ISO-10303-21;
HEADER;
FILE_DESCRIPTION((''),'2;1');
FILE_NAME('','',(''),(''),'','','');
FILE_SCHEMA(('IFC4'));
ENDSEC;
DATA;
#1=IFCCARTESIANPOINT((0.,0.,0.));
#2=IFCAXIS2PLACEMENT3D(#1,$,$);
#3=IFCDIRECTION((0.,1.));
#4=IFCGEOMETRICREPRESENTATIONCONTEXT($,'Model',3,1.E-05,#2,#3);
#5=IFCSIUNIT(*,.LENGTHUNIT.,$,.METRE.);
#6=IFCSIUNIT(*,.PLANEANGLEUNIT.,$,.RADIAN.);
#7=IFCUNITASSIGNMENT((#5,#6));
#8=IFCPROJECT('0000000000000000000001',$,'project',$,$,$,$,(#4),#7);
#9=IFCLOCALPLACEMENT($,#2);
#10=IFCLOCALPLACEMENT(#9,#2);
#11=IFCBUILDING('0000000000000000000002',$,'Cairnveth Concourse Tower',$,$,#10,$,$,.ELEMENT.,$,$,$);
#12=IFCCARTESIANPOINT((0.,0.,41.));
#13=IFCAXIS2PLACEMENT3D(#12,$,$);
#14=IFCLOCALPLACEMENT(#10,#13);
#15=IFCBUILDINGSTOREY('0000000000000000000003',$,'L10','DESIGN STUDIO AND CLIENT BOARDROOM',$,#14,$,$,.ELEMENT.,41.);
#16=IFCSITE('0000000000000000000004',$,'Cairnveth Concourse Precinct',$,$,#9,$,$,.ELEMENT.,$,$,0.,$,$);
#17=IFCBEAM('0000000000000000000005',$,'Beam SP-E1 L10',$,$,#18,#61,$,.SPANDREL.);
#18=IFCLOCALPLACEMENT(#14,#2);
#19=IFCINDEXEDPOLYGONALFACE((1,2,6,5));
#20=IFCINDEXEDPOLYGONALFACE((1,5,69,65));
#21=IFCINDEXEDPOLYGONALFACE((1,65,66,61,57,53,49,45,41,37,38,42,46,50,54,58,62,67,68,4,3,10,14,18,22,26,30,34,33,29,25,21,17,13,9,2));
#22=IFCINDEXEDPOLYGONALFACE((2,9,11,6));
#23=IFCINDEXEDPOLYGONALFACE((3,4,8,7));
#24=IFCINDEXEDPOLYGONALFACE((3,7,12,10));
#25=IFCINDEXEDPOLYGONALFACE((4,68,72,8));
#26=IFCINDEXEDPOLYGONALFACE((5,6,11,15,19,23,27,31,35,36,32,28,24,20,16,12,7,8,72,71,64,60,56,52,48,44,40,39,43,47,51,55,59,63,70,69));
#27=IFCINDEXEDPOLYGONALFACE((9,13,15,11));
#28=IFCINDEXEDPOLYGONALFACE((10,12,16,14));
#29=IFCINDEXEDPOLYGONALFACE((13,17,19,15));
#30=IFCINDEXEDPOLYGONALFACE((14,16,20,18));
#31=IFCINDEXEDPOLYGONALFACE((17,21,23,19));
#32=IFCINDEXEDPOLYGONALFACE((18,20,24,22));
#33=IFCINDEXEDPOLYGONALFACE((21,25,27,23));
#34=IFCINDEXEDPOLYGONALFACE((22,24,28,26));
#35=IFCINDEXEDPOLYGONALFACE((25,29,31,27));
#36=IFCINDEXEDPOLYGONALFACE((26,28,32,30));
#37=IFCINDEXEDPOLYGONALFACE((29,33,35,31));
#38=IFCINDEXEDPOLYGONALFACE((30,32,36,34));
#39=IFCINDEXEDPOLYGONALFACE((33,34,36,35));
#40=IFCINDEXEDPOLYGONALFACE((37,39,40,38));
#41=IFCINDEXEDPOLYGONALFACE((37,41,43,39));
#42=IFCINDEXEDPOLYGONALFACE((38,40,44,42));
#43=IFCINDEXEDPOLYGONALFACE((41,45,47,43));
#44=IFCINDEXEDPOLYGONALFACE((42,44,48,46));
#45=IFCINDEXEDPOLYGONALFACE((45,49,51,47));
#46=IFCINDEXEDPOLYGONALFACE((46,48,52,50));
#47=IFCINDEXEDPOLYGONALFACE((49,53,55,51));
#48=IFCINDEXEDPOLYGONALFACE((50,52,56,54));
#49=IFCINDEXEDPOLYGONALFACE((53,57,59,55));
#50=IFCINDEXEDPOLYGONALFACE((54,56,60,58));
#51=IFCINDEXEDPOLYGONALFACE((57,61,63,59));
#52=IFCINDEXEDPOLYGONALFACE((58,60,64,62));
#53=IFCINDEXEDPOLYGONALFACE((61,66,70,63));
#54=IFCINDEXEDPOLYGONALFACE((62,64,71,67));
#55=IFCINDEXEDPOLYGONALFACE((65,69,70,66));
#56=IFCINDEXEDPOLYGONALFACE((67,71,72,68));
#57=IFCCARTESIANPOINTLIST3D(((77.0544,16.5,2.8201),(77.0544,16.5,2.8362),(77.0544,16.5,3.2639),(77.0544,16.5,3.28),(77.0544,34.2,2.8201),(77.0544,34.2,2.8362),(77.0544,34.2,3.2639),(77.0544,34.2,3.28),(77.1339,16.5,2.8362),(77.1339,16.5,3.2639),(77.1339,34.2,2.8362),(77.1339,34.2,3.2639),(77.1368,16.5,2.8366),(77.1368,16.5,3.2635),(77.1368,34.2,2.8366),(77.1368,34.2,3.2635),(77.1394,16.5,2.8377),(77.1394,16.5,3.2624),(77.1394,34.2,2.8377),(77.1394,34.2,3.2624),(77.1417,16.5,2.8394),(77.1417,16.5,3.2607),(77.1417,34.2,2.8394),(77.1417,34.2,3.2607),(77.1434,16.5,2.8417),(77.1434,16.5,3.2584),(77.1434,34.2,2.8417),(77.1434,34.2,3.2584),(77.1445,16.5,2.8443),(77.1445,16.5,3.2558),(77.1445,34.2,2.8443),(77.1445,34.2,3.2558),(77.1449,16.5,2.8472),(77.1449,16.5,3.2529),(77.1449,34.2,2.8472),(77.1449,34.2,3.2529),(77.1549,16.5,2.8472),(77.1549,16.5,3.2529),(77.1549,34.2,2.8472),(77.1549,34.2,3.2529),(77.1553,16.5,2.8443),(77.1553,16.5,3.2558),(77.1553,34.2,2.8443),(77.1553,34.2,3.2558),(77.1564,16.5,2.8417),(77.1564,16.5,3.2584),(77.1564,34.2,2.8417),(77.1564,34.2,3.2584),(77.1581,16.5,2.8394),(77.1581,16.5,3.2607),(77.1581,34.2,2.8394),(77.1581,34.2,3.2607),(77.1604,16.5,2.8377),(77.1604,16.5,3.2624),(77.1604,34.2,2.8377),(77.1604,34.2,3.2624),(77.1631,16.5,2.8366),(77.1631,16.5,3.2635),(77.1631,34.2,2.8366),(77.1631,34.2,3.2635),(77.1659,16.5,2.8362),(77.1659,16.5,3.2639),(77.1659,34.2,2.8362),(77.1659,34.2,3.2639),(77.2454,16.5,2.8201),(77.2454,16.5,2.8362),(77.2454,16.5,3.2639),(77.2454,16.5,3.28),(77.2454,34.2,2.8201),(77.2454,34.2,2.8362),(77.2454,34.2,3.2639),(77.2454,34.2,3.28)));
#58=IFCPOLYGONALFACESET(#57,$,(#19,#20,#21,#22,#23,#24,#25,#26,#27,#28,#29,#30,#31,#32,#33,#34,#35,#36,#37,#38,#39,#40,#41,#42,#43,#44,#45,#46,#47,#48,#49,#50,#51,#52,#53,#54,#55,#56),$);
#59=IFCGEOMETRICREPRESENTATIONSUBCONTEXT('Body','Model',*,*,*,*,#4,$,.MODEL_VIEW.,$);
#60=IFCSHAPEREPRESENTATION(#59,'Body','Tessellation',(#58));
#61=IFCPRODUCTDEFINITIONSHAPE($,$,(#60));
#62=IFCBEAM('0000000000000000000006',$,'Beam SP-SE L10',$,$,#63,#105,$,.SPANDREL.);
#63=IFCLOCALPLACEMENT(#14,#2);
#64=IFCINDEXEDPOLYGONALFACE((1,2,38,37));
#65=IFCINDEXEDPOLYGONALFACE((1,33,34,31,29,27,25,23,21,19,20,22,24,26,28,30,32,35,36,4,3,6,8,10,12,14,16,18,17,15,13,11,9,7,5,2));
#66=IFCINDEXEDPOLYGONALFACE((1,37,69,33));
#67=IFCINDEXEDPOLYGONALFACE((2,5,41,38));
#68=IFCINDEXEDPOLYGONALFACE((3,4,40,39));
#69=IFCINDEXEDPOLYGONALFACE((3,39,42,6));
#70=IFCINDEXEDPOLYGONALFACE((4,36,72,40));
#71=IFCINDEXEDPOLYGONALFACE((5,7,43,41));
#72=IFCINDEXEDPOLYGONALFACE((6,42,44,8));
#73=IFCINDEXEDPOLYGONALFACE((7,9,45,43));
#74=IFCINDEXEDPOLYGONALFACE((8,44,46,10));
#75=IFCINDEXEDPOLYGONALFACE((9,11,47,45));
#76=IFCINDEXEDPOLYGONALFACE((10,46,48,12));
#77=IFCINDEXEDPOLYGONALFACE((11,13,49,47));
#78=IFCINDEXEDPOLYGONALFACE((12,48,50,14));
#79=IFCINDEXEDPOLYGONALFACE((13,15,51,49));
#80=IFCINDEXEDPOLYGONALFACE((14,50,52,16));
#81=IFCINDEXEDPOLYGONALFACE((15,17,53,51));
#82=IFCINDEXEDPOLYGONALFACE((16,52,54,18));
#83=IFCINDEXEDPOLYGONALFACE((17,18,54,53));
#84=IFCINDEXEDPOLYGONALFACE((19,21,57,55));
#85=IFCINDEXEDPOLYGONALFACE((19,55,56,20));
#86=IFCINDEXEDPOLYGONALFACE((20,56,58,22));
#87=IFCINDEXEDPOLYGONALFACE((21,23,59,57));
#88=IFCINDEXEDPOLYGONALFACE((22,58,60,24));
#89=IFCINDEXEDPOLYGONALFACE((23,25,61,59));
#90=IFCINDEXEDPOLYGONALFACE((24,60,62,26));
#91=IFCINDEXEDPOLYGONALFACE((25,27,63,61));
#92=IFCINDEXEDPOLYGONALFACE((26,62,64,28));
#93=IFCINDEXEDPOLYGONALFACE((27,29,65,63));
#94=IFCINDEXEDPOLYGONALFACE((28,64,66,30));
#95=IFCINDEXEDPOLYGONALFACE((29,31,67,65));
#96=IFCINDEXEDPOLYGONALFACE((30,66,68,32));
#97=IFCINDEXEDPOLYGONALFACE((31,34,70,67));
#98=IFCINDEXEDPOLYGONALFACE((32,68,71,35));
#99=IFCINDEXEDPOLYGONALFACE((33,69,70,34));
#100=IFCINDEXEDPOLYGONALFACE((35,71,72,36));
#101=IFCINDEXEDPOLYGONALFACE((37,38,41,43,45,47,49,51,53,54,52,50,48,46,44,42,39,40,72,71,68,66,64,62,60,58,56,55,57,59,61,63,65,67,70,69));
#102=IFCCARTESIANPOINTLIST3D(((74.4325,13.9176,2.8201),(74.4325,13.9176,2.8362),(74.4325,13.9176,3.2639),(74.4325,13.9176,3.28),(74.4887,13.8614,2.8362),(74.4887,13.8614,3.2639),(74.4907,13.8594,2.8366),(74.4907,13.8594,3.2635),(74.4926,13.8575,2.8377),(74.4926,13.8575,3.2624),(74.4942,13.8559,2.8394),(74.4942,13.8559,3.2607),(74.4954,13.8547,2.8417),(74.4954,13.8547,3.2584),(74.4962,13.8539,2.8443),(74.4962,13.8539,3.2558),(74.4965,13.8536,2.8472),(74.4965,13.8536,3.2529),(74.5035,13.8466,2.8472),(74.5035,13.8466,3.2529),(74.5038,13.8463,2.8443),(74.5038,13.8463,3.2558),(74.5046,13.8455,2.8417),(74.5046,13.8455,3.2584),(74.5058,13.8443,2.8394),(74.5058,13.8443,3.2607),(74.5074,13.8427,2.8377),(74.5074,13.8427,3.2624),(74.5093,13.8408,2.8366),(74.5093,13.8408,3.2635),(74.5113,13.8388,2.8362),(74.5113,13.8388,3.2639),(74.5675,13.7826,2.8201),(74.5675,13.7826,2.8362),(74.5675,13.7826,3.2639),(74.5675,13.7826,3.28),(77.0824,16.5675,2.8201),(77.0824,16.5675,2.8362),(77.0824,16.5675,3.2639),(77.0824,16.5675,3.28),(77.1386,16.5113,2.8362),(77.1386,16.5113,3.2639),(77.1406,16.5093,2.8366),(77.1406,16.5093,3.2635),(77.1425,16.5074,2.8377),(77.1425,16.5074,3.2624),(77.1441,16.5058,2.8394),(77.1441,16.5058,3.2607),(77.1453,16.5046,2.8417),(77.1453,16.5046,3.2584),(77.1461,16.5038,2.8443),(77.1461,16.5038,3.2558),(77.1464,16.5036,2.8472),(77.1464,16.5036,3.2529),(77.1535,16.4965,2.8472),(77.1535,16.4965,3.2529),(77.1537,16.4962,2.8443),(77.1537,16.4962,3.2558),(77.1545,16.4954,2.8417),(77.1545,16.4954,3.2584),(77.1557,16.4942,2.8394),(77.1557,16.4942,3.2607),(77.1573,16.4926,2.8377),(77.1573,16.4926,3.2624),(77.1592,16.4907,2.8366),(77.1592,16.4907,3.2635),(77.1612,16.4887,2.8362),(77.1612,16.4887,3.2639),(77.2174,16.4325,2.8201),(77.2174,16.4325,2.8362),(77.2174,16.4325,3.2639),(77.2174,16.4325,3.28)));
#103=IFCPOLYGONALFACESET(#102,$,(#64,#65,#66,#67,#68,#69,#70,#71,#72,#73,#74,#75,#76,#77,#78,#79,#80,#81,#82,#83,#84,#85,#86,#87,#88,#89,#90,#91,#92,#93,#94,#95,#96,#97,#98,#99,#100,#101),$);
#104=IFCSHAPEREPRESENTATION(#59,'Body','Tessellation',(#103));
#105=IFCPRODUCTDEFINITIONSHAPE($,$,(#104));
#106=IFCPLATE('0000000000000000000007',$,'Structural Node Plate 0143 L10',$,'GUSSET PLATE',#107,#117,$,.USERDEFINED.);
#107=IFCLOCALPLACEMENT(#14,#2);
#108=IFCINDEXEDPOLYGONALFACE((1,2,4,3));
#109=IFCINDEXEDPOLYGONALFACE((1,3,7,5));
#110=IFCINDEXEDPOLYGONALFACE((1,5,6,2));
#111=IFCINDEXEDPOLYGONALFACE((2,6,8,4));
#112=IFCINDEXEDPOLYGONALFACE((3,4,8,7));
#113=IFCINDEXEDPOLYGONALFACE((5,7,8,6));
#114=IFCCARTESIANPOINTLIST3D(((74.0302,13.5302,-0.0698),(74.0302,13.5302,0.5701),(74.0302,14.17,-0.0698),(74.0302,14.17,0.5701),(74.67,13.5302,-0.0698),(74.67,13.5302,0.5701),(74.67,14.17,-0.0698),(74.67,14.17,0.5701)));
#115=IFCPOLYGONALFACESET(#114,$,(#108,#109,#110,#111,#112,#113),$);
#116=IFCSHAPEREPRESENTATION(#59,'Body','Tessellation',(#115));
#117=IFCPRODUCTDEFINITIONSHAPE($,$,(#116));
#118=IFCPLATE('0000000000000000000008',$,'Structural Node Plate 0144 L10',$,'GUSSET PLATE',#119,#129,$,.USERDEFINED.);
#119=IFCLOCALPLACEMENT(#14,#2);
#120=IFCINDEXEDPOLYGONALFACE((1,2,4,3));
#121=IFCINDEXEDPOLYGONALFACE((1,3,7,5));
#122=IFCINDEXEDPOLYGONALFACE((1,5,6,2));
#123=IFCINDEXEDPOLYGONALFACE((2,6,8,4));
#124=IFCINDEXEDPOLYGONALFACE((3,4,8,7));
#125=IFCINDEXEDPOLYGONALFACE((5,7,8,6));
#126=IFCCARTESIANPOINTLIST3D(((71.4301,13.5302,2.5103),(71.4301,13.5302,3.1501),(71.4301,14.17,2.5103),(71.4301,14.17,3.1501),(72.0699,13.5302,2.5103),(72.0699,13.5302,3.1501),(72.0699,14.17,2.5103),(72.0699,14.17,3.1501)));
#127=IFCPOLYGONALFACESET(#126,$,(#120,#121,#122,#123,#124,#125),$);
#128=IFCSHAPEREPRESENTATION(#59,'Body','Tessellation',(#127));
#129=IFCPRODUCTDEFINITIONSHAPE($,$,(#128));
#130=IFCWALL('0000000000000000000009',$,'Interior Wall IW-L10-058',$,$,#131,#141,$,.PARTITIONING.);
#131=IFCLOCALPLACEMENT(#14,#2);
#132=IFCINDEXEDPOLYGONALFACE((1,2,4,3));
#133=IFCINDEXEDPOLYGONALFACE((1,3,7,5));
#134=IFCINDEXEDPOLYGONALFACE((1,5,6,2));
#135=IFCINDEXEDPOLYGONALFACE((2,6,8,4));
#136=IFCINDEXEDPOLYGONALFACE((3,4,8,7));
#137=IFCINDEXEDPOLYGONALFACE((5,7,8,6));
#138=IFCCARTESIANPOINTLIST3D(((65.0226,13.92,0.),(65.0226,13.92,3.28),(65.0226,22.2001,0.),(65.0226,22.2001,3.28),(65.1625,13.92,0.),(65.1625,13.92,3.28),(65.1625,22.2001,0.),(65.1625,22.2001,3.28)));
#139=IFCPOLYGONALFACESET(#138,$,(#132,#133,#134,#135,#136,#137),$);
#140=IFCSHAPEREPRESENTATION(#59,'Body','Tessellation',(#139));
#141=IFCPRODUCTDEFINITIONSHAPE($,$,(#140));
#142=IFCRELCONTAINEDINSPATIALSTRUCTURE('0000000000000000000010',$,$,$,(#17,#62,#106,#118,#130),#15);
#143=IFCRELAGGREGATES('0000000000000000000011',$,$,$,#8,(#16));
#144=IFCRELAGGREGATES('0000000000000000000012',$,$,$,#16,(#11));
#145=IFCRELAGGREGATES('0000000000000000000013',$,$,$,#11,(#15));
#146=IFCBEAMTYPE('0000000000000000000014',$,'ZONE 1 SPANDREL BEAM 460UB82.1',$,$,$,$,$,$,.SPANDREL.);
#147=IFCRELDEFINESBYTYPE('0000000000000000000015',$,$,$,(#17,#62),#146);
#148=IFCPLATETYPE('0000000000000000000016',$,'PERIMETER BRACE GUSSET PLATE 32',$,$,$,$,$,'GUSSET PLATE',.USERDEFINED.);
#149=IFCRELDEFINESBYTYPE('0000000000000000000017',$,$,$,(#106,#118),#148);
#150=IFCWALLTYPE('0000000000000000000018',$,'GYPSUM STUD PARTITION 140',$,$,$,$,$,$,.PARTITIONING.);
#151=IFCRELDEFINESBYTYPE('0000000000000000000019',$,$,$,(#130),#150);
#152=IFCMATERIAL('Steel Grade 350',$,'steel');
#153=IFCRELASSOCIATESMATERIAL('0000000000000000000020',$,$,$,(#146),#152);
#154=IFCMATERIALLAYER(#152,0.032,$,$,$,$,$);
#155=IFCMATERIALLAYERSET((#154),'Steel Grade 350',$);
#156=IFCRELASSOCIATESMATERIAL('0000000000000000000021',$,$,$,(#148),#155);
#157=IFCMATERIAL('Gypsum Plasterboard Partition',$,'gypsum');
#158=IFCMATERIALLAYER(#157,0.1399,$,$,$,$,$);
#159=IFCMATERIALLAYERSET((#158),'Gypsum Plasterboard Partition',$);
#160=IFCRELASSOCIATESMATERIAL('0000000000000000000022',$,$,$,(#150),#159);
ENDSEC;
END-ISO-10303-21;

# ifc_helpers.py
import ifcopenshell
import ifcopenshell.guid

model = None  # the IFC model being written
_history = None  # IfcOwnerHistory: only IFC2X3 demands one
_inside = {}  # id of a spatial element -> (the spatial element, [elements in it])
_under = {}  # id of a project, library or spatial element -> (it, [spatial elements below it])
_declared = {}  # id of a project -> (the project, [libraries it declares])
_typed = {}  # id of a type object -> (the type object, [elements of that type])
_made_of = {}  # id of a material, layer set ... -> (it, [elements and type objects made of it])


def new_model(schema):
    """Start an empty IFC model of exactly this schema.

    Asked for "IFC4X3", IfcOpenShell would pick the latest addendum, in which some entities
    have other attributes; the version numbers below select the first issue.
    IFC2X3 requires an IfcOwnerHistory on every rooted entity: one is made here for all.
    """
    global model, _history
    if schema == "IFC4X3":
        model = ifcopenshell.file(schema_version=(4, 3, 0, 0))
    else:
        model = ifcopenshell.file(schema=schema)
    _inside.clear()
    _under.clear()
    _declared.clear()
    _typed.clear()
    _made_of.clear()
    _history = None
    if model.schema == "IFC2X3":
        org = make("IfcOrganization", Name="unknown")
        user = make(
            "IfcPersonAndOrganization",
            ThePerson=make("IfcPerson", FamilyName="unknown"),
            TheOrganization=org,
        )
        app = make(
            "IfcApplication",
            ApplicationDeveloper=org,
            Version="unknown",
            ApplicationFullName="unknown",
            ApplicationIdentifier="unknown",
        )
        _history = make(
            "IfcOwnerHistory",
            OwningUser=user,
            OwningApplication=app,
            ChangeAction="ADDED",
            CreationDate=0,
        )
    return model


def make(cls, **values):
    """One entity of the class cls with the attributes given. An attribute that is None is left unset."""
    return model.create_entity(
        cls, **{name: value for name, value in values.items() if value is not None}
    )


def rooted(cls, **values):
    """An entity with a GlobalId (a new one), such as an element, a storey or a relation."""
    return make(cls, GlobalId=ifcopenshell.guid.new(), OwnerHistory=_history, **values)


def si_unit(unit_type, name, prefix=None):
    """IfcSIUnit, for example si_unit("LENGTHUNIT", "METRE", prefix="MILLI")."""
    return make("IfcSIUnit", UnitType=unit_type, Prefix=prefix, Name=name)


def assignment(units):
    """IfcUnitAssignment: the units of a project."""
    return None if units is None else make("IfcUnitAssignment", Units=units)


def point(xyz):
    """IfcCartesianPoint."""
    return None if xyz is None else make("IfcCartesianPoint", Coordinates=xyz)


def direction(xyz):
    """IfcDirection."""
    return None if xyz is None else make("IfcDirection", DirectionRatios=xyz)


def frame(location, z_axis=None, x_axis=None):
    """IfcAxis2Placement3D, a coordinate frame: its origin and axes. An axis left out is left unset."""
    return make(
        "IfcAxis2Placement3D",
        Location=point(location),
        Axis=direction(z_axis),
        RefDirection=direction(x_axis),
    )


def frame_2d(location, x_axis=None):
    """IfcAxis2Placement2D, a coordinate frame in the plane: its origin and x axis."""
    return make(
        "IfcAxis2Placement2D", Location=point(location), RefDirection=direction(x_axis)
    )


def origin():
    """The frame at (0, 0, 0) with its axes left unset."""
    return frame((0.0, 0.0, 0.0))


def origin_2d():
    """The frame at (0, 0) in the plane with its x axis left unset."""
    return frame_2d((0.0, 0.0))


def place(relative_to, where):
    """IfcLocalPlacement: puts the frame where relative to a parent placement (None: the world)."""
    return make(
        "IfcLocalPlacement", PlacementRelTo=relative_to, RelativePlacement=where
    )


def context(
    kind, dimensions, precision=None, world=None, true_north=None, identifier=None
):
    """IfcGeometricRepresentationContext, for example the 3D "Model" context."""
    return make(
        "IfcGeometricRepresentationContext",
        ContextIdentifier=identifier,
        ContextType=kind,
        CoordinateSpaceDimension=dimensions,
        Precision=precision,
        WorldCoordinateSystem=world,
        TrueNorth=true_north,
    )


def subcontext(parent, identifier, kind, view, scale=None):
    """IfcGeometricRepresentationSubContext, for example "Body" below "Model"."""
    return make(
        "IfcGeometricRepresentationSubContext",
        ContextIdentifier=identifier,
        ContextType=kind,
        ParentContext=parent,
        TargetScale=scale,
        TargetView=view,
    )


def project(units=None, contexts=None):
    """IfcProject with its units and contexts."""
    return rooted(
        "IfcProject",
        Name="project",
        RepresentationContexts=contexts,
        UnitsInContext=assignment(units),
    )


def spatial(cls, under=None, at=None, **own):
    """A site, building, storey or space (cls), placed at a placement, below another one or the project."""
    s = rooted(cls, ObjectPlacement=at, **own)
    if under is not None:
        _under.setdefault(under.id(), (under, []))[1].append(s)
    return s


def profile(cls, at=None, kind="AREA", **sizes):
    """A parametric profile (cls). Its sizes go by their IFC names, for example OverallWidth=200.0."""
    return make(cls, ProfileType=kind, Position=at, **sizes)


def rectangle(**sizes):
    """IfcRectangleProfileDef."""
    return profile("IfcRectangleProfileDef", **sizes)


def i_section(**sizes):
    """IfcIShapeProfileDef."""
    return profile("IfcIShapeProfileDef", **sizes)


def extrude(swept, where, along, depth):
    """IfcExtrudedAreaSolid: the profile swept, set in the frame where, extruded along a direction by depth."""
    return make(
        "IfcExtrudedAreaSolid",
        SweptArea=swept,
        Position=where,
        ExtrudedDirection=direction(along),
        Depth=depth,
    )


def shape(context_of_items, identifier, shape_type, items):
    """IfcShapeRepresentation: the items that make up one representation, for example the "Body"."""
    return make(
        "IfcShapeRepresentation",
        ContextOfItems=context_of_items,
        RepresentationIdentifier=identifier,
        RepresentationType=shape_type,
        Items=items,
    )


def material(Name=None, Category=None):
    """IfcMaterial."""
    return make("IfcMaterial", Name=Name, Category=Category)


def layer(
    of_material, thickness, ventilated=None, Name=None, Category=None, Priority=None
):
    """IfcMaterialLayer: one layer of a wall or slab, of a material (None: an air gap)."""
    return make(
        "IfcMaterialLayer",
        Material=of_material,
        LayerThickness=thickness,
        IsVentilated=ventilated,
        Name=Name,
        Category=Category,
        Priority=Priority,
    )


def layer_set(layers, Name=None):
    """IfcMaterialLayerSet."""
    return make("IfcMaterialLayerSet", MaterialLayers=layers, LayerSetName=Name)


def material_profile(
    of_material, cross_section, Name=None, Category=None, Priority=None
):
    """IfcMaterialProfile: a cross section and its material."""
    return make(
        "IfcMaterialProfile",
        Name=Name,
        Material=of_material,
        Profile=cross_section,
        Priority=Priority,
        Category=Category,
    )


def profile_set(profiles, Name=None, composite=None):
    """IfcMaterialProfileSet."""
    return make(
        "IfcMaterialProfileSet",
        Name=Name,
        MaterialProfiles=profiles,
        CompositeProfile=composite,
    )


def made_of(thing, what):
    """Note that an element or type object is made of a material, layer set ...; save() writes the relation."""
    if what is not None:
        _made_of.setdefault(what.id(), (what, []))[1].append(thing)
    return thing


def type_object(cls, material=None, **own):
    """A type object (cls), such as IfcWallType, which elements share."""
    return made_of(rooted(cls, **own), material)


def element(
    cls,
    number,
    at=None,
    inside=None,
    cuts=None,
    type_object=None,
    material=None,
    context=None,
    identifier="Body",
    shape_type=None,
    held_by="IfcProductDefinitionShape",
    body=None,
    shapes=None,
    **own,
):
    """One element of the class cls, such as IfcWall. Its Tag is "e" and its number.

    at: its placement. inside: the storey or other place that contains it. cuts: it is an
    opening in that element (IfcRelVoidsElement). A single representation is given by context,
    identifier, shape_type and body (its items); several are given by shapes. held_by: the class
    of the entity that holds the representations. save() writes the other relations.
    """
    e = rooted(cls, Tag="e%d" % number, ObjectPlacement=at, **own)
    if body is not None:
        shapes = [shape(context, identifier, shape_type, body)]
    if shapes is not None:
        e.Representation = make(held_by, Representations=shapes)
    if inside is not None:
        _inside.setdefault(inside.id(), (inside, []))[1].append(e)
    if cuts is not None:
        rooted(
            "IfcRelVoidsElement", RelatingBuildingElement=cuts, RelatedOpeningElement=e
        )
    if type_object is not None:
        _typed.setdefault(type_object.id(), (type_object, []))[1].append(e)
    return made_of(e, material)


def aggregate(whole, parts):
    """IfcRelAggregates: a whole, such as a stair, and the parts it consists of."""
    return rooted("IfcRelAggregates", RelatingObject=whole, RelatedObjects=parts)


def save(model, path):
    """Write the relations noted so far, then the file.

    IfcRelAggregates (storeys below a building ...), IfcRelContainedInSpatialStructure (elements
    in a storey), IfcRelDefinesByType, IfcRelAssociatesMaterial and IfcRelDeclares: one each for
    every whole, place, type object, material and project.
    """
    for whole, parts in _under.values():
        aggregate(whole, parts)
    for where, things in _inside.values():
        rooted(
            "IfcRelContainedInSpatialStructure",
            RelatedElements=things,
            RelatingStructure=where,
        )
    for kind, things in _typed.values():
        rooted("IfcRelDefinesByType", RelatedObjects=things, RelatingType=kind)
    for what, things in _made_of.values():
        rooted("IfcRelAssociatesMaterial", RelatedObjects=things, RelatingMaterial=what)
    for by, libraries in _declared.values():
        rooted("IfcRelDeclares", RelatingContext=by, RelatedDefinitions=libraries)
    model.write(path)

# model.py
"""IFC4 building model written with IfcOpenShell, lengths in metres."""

from ifc_helpers import new_model, si_unit, direction, frame, frame_2d, origin, origin_2d, place, context, subcontext, project, spatial, rectangle, i_section, extrude, material, layer, layer_set, material_profile, profile_set, type_object, element, save


model = new_model("IFC4")

# Units and contexts
model_context = context("Model", 3, precision=1e-05, world=origin(), true_north=direction((0.0, 1.0)))
body_context = subcontext(model_context, "Body", "Model", "MODEL_VIEW")
ifc_project = project(units=[si_unit("LENGTHUNIT", "METRE"), si_unit("PLANEANGLEUNIT", "RADIAN")], contexts=[model_context])

# Site, building, storey
site_placement = place(None, origin())
site = spatial("IfcSite", under=ifc_project, at=site_placement, Name="Cairnveth Concourse Precinct", CompositionType="ELEMENT", RefElevation=0.0)
building_placement = place(site_placement, origin())
building = spatial("IfcBuilding", under=site, at=building_placement, Name="Cairnveth Concourse Tower", CompositionType="ELEMENT")
storey_placement = place(building_placement, frame((0.0, 0.0, 41.0)))
storey = spatial("IfcBuildingStorey", under=building, at=storey_placement, Name="L10", Description="DESIGN STUDIO AND CLIENT BOARDROOM", CompositionType="ELEMENT", Elevation=41.0)

# Shared definitions
ifc_material_1 = material(Name="Steel Grade 350", Category="steel")

# Beams
ifc_material_profile_1 = material_profile(ifc_material_1, i_section(OverallWidth=0.1909, OverallDepth=0.46, WebThickness=0.01, FlangeThickness=0.0161, FilletRadius=0.011, at=origin_2d()), Name="460UB82.1")
ifc_profile_set_1 = profile_set([ifc_material_profile_1], Name="Steel Grade 350")
beam_type_1 = type_object("IfcBeamType", Name="ZONE 1 SPANDREL BEAM 460UB82.1", PredefinedType="SPANDREL", material=ifc_profile_set_1)
beam_1_placement = place(storey_placement, frame((77.1499, 16.5, 3.05), z_axis=(0.0, 1.0, 0.0), x_axis=(-1.0, 0.0, 0.0)))
element("IfcBeam", 1, at=beam_1_placement, inside=storey, type_object=beam_type_1, Name="Beam SP-E1 L10", PredefinedType="SPANDREL", context=body_context, shape_type="SweptSolid", body=[
    extrude(i_section(OverallWidth=0.1909, OverallDepth=0.46, WebThickness=0.01, FlangeThickness=0.0161, FilletRadius=0.011, at=origin_2d()), origin(), (0.0, 0.0, 1.0), 17.7),
])
beam_2_placement = place(storey_placement, frame((74.5, 13.8501, 3.05), z_axis=(0.707107, 0.707107, 0.0), x_axis=(-0.707107, 0.707107, 0.0)))
element("IfcBeam", 2, at=beam_2_placement, inside=storey, type_object=beam_type_1, Name="Beam SP-SE L10", PredefinedType="SPANDREL", context=body_context, shape_type="SweptSolid", body=[
    extrude(i_section(OverallWidth=0.1909, OverallDepth=0.46, WebThickness=0.01, FlangeThickness=0.0161, FilletRadius=0.011, at=origin_2d()), origin(), (0.0, 0.0, 1.0), 3.7476),
])

# Plates
ifc_layer_1 = layer(ifc_material_1, 0.032)
ifc_layer_set_1 = layer_set([ifc_layer_1], Name="Steel Grade 350")
plate_type = type_object("IfcPlateType", Name="PERIMETER BRACE GUSSET PLATE 32", ElementType="GUSSET PLATE", PredefinedType="USERDEFINED", material=ifc_layer_set_1)
for number, where, z_axis, x_axis, name in (
    (3, (74.3501, 13.8501, -0.0698), (0.0, 0.0, 1.0), (1.0, 0.0, 0.0), "Structural Node Plate 0143 L10"),
    (4, (71.75, 13.8501, 2.5103), (0.0, 0.0, 1.0), (1.0, 0.0, 0.0), "Structural Node Plate 0144 L10"),
):
    element("IfcPlate", number, at=place(storey_placement, frame(where, z_axis=z_axis, x_axis=x_axis)), inside=storey, type_object=plate_type, Name=name, ObjectType="GUSSET PLATE", PredefinedType="USERDEFINED", context=body_context, shape_type="SweptSolid", body=[
        extrude(rectangle(XDim=0.6399, YDim=0.6399, at=origin_2d()), origin(), (0.0, 0.0, 1.0), 0.6399),
    ])

# Wall
ifc_material_2 = material(Name="Gypsum Plasterboard Partition", Category="gypsum")
ifc_layer_2 = layer(ifc_material_2, 0.1399)
ifc_layer_set_2 = layer_set([ifc_layer_2], Name="Gypsum Plasterboard Partition")
wall_type_1 = type_object("IfcWallType", Name="GYPSUM STUD PARTITION 140", PredefinedType="PARTITIONING", material=ifc_layer_set_2)
wall_1_placement = place(storey_placement, frame((65.0925, 13.9199, 0.0), z_axis=(0.0, 0.0, 1.0), x_axis=(0.0, 1.0, 0.0)))
element("IfcWall", 5, at=wall_1_placement, inside=storey, type_object=wall_type_1, Name="Interior Wall IW-L10-058", PredefinedType="PARTITIONING", context=body_context, shape_type="SweptSolid", body=[
    extrude(rectangle(XDim=8.28, YDim=0.1399, at=frame_2d((4.1401, 0.0))), origin(), (0.0, 0.0, 1.0), 3.28),
])

save(model, "model.ifc")
